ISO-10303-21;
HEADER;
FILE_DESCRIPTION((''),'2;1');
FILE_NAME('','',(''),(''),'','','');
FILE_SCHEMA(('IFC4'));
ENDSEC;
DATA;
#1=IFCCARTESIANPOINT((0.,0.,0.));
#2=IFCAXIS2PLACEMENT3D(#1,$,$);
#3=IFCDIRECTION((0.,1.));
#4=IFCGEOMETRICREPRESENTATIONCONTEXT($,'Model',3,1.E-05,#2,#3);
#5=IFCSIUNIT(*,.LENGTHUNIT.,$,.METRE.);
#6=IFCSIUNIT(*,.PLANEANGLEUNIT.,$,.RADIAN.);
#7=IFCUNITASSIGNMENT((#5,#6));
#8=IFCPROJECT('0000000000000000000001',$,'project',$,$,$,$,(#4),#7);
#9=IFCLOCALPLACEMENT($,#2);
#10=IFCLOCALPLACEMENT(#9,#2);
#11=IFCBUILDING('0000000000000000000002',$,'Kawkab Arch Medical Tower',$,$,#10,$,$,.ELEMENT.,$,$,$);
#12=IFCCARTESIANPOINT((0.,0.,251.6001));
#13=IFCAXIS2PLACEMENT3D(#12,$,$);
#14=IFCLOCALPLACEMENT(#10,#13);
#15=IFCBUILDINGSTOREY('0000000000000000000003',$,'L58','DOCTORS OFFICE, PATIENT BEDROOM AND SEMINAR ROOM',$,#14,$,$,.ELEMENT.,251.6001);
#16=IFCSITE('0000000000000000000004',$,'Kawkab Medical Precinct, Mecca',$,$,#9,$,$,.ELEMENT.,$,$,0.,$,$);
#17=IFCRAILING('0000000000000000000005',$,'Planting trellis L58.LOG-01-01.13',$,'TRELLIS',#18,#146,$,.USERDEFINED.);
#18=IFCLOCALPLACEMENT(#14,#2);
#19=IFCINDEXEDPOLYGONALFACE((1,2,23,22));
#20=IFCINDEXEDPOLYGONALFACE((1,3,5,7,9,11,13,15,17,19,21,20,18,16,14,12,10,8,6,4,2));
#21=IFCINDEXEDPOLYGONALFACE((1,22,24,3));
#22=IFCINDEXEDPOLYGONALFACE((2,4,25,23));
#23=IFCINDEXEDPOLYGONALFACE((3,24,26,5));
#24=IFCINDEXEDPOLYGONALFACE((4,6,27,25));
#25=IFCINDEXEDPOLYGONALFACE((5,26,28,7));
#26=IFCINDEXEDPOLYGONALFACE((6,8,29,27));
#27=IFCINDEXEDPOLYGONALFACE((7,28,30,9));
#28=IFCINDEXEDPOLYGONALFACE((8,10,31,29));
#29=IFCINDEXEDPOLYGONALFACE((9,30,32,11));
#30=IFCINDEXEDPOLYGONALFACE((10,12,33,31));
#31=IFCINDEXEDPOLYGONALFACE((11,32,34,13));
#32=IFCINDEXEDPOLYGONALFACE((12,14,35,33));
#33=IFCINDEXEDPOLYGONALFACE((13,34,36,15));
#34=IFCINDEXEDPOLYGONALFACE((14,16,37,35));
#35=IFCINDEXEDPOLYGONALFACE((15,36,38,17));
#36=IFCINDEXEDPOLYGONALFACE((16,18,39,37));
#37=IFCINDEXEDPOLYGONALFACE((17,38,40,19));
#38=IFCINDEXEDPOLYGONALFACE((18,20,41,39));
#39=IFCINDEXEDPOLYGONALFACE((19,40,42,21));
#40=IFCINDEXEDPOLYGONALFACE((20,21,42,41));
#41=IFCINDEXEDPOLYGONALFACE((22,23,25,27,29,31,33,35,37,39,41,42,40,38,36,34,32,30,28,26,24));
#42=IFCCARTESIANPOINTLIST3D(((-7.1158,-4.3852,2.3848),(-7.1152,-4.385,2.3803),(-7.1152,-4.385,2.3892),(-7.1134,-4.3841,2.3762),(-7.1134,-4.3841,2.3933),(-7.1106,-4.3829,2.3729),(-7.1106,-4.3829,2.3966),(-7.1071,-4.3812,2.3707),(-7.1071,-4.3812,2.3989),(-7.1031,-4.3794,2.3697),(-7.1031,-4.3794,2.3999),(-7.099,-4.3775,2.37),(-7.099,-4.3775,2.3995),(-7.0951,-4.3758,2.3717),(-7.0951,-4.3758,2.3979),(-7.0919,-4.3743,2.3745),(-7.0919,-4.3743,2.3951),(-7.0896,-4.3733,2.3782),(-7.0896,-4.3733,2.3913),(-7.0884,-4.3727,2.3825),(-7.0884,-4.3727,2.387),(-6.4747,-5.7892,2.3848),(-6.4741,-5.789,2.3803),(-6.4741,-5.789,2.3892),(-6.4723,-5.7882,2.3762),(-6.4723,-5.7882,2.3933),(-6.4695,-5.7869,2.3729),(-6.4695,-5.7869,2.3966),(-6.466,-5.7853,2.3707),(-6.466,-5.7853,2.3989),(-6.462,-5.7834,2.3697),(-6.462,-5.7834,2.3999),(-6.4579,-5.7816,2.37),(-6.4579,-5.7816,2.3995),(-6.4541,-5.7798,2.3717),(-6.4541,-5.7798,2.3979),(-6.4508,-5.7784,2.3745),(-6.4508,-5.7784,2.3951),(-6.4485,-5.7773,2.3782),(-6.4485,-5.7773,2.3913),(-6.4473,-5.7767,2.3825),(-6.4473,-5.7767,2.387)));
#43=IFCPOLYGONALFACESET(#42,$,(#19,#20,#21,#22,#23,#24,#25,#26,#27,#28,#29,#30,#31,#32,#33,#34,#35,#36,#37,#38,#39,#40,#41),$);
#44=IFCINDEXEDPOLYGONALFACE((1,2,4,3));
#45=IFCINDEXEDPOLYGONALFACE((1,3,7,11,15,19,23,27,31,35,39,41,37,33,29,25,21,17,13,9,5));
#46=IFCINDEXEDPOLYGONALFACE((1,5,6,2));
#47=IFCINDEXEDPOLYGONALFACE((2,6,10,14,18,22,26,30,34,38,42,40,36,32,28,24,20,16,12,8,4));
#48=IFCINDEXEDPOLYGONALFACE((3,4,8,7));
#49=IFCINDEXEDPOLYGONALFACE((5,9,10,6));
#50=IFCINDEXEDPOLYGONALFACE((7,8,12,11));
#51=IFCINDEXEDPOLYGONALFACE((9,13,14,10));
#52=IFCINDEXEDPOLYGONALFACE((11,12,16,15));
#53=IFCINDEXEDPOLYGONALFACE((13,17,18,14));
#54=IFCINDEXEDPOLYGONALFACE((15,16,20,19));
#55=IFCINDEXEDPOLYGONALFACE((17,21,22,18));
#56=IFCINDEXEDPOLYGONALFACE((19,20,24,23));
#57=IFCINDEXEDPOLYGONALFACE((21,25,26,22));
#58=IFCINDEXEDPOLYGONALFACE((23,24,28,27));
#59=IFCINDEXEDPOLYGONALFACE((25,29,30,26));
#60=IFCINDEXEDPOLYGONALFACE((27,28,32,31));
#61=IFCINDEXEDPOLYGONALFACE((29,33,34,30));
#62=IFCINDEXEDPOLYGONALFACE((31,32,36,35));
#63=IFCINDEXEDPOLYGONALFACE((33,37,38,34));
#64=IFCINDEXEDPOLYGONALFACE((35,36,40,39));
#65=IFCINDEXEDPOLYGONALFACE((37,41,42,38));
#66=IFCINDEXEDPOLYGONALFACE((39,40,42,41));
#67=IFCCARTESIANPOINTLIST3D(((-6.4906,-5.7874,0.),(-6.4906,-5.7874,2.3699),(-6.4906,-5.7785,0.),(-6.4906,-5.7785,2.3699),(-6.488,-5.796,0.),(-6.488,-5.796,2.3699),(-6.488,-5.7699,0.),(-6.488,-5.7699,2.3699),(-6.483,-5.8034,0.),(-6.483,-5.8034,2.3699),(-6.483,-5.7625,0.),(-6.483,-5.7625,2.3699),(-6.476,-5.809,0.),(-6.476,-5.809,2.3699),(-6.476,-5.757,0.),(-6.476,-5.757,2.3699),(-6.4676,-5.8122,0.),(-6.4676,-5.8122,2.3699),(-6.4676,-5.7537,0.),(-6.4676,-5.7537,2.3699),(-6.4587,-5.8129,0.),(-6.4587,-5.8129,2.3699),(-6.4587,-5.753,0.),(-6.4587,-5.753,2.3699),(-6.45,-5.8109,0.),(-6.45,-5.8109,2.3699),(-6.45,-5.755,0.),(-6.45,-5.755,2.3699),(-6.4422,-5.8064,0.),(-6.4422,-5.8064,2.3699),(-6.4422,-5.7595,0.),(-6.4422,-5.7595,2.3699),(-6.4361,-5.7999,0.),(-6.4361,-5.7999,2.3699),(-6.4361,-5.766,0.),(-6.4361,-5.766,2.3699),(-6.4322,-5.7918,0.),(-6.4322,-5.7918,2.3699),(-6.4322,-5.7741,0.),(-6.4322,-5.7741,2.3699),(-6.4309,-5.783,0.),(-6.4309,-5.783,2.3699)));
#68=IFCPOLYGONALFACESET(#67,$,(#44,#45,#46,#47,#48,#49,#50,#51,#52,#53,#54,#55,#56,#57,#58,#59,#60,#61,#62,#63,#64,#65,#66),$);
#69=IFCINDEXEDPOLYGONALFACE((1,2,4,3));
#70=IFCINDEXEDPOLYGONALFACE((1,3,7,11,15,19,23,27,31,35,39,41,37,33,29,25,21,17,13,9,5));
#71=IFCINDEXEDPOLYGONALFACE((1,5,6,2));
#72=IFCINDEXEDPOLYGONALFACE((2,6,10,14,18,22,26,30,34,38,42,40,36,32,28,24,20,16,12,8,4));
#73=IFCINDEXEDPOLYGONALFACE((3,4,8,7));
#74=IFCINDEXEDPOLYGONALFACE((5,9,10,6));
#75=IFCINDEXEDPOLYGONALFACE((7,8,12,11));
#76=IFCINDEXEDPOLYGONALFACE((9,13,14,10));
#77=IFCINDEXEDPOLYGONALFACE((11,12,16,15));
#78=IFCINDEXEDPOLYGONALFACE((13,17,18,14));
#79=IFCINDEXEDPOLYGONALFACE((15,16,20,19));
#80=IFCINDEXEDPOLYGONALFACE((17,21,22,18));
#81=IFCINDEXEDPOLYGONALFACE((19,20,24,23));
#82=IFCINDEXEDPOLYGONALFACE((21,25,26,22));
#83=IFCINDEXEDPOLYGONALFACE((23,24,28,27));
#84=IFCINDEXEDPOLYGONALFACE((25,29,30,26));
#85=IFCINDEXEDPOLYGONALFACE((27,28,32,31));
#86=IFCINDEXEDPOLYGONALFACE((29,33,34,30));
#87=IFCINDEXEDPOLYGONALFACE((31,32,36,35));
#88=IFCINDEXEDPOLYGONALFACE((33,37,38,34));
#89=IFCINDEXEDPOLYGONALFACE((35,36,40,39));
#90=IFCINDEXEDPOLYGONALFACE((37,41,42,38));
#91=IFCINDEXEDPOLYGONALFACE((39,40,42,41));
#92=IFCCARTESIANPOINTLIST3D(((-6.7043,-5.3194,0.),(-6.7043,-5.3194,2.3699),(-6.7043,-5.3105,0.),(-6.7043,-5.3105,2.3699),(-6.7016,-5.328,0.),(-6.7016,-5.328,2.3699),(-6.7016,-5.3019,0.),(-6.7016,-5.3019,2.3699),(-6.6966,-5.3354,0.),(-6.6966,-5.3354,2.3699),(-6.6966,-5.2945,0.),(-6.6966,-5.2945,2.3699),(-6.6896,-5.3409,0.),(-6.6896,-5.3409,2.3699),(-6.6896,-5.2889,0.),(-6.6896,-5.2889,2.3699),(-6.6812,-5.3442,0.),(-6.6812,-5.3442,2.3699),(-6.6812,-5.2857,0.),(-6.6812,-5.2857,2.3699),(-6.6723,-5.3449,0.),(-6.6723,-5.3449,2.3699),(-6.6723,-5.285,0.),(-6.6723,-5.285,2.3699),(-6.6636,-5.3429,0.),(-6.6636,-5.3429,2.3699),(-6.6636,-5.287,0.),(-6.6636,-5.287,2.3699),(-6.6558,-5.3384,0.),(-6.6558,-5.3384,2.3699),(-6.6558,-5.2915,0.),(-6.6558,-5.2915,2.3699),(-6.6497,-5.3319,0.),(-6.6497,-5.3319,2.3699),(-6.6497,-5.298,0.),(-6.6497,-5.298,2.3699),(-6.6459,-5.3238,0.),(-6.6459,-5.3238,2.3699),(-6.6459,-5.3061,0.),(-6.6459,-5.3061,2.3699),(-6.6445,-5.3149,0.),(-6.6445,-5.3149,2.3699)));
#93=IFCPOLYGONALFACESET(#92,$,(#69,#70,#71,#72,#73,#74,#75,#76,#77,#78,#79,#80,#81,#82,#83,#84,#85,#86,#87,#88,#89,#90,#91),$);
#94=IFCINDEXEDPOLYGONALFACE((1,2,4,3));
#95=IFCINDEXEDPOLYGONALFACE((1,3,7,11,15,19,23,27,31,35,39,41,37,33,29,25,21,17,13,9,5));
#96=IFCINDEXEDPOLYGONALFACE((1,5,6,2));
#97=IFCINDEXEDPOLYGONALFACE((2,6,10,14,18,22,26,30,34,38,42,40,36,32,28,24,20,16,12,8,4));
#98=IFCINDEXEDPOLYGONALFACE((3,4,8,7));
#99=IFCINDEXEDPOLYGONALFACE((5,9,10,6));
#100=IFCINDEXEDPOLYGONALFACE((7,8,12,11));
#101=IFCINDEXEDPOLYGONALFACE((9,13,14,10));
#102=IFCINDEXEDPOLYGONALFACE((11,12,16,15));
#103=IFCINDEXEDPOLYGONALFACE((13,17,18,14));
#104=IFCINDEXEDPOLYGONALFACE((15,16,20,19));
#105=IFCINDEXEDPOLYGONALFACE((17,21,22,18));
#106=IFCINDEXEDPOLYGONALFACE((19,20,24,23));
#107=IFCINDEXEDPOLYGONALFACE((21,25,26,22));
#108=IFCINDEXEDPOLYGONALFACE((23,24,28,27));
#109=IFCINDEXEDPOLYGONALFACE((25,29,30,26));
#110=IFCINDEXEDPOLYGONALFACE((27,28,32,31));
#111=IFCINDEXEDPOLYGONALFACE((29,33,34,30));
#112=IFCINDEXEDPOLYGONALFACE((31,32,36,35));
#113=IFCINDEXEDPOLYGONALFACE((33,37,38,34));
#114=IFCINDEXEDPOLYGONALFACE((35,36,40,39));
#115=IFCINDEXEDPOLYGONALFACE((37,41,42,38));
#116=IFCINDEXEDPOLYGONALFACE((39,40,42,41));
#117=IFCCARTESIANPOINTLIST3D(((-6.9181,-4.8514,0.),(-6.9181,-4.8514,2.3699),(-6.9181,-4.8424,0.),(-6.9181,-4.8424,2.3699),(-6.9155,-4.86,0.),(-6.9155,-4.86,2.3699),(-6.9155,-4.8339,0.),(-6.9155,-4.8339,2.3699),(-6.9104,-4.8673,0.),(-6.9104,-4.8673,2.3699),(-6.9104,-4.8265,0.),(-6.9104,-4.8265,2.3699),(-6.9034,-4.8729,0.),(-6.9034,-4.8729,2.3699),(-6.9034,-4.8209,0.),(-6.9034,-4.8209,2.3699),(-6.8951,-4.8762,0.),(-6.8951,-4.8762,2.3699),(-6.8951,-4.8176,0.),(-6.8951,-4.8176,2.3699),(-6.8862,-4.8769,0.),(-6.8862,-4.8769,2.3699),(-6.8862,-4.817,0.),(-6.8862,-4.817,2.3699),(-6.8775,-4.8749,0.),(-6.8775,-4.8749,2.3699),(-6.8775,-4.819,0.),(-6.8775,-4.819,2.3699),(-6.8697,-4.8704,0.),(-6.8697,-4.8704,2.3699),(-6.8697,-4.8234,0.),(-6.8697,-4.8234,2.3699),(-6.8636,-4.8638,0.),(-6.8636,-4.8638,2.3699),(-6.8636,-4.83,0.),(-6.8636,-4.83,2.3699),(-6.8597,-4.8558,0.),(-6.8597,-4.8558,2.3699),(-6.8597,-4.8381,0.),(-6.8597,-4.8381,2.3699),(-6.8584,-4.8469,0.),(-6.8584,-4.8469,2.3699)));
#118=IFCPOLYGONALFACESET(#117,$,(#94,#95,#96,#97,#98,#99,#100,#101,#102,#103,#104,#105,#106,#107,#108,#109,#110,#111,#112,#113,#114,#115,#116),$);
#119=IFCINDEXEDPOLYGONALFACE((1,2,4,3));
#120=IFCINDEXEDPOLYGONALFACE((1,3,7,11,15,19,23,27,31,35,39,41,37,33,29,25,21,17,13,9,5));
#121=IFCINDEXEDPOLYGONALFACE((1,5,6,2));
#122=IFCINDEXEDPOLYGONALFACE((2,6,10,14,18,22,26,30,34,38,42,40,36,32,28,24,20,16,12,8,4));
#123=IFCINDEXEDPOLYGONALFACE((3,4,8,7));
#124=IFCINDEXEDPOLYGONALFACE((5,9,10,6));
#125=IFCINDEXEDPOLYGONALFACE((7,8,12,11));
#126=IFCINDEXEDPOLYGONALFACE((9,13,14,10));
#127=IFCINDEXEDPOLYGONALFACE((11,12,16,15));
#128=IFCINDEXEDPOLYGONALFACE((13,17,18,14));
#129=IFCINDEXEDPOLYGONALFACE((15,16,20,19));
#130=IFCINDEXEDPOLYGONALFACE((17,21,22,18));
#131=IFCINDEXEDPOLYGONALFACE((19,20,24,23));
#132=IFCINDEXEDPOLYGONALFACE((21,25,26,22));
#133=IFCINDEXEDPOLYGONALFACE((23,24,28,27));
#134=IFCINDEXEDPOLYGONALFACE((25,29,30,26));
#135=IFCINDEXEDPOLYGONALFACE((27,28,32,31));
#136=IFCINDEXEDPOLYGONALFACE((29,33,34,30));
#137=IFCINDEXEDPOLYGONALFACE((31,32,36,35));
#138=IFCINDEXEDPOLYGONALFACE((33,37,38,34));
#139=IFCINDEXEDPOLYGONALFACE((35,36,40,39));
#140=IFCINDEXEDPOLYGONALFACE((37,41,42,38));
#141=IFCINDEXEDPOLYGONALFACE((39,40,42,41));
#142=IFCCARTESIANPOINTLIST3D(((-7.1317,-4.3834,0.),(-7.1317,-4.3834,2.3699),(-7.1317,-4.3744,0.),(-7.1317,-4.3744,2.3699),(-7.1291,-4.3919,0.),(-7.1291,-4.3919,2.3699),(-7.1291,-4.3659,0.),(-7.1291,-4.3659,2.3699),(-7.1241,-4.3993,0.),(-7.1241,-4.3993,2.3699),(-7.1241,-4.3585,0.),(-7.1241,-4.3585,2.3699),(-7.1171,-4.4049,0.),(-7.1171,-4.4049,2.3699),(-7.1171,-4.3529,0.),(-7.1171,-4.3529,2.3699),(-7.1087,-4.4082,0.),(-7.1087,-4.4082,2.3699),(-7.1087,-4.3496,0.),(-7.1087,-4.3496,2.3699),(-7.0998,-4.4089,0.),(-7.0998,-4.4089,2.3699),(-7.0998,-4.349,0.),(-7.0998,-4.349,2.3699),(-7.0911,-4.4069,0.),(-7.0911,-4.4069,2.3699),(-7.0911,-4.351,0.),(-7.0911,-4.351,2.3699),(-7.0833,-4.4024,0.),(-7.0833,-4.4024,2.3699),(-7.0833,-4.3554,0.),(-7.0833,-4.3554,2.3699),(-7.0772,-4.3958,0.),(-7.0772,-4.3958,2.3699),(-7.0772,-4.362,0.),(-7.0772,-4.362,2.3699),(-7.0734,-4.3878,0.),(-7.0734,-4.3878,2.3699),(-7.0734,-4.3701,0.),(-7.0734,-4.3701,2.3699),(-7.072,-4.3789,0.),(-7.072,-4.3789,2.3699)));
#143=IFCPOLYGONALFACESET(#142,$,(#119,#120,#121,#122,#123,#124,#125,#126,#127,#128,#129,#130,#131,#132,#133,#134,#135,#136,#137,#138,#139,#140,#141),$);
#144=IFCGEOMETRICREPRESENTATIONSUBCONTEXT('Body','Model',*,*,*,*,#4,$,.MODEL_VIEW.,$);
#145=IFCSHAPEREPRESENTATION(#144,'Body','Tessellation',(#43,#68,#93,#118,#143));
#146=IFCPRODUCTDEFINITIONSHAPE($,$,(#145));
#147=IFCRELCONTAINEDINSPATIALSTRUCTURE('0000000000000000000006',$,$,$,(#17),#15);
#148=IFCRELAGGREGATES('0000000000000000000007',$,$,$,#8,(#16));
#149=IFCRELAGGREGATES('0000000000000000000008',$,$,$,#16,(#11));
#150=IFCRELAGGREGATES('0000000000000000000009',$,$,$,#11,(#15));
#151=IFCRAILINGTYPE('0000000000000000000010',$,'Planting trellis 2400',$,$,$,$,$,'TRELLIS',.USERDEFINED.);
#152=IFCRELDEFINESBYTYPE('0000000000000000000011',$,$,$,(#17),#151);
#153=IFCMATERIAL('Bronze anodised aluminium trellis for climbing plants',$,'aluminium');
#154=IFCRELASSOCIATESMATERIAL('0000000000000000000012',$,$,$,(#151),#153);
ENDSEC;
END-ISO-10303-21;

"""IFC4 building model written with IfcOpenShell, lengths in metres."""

from ifc_helpers import new_model, si_unit, direction, frame, origin, origin_2d, place, context, subcontext, project, spatial, circle, extrude, material, type_object, element, save


model = new_model("IFC4")

# Units and contexts
model_context = context("Model", 3, precision=1e-05, world=origin(), true_north=direction((0.0, 1.0)))
body_context = subcontext(model_context, "Body", "Model", "MODEL_VIEW")
ifc_project = project(units=[si_unit("LENGTHUNIT", "METRE"), si_unit("PLANEANGLEUNIT", "RADIAN")], contexts=[model_context])

# Site, building, storey
site_placement = place(None, origin())
site = spatial("IfcSite", under=ifc_project, at=site_placement, Name="Kawkab Medical Precinct, Mecca", CompositionType="ELEMENT", RefElevation=0.0)
building_placement = place(site_placement, origin())
building = spatial("IfcBuilding", under=site, at=building_placement, Name="Kawkab Arch Medical Tower", CompositionType="ELEMENT")
storey_placement = place(building_placement, frame((0.0, 0.0, 251.6001)))
storey = spatial("IfcBuildingStorey", under=building, at=storey_placement, Name="L58", Description="DOCTORS OFFICE, PATIENT BEDROOM AND SEMINAR ROOM", CompositionType="ELEMENT", Elevation=251.6001)

# Railing
ifc_material_1 = material(Name="Bronze anodised aluminium trellis for climbing plants", Category="aluminium")
railing_type = type_object("IfcRailingType", Name="Planting trellis 2400", ElementType="TRELLIS", PredefinedType="USERDEFINED", material=ifc_material_1)
railing_1_placement = place(storey_placement, frame((-6.4609, -5.783, 0.0)))
element("IfcRailing", 1, at=railing_1_placement, inside=storey, type_object=railing_type, Name="Planting trellis L58.LOG-01-01.13", ObjectType="TRELLIS", PredefinedType="USERDEFINED", context=body_context, shape_type="SweptSolid", body=[
    extrude(circle(Radius=0.0151, at=origin_2d()), frame((0.0, 0.0, 2.3848), z_axis=(-0.415363, 0.909656, 0.0), x_axis=(-0.909656, -0.415363, 0.0)), (0.0, 0.0, 1.0), 1.5435),
    extrude(circle(Radius=0.03, at=origin_2d()), origin(), (0.0, 0.0, 1.0), 2.3699),
    extrude(circle(Radius=0.03, at=origin_2d()), frame((-0.2136, 0.468, 0.0)), (0.0, 0.0, 1.0), 2.3699),
    extrude(circle(Radius=0.03, at=origin_2d()), frame((-0.4275, 0.936, 0.0)), (0.0, 0.0, 1.0), 2.3699),
    extrude(circle(Radius=0.03, at=origin_2d()), frame((-0.6411, 1.4041, 0.0)), (0.0, 0.0, 1.0), 2.3699),
])

save(model, "model.ifc")
